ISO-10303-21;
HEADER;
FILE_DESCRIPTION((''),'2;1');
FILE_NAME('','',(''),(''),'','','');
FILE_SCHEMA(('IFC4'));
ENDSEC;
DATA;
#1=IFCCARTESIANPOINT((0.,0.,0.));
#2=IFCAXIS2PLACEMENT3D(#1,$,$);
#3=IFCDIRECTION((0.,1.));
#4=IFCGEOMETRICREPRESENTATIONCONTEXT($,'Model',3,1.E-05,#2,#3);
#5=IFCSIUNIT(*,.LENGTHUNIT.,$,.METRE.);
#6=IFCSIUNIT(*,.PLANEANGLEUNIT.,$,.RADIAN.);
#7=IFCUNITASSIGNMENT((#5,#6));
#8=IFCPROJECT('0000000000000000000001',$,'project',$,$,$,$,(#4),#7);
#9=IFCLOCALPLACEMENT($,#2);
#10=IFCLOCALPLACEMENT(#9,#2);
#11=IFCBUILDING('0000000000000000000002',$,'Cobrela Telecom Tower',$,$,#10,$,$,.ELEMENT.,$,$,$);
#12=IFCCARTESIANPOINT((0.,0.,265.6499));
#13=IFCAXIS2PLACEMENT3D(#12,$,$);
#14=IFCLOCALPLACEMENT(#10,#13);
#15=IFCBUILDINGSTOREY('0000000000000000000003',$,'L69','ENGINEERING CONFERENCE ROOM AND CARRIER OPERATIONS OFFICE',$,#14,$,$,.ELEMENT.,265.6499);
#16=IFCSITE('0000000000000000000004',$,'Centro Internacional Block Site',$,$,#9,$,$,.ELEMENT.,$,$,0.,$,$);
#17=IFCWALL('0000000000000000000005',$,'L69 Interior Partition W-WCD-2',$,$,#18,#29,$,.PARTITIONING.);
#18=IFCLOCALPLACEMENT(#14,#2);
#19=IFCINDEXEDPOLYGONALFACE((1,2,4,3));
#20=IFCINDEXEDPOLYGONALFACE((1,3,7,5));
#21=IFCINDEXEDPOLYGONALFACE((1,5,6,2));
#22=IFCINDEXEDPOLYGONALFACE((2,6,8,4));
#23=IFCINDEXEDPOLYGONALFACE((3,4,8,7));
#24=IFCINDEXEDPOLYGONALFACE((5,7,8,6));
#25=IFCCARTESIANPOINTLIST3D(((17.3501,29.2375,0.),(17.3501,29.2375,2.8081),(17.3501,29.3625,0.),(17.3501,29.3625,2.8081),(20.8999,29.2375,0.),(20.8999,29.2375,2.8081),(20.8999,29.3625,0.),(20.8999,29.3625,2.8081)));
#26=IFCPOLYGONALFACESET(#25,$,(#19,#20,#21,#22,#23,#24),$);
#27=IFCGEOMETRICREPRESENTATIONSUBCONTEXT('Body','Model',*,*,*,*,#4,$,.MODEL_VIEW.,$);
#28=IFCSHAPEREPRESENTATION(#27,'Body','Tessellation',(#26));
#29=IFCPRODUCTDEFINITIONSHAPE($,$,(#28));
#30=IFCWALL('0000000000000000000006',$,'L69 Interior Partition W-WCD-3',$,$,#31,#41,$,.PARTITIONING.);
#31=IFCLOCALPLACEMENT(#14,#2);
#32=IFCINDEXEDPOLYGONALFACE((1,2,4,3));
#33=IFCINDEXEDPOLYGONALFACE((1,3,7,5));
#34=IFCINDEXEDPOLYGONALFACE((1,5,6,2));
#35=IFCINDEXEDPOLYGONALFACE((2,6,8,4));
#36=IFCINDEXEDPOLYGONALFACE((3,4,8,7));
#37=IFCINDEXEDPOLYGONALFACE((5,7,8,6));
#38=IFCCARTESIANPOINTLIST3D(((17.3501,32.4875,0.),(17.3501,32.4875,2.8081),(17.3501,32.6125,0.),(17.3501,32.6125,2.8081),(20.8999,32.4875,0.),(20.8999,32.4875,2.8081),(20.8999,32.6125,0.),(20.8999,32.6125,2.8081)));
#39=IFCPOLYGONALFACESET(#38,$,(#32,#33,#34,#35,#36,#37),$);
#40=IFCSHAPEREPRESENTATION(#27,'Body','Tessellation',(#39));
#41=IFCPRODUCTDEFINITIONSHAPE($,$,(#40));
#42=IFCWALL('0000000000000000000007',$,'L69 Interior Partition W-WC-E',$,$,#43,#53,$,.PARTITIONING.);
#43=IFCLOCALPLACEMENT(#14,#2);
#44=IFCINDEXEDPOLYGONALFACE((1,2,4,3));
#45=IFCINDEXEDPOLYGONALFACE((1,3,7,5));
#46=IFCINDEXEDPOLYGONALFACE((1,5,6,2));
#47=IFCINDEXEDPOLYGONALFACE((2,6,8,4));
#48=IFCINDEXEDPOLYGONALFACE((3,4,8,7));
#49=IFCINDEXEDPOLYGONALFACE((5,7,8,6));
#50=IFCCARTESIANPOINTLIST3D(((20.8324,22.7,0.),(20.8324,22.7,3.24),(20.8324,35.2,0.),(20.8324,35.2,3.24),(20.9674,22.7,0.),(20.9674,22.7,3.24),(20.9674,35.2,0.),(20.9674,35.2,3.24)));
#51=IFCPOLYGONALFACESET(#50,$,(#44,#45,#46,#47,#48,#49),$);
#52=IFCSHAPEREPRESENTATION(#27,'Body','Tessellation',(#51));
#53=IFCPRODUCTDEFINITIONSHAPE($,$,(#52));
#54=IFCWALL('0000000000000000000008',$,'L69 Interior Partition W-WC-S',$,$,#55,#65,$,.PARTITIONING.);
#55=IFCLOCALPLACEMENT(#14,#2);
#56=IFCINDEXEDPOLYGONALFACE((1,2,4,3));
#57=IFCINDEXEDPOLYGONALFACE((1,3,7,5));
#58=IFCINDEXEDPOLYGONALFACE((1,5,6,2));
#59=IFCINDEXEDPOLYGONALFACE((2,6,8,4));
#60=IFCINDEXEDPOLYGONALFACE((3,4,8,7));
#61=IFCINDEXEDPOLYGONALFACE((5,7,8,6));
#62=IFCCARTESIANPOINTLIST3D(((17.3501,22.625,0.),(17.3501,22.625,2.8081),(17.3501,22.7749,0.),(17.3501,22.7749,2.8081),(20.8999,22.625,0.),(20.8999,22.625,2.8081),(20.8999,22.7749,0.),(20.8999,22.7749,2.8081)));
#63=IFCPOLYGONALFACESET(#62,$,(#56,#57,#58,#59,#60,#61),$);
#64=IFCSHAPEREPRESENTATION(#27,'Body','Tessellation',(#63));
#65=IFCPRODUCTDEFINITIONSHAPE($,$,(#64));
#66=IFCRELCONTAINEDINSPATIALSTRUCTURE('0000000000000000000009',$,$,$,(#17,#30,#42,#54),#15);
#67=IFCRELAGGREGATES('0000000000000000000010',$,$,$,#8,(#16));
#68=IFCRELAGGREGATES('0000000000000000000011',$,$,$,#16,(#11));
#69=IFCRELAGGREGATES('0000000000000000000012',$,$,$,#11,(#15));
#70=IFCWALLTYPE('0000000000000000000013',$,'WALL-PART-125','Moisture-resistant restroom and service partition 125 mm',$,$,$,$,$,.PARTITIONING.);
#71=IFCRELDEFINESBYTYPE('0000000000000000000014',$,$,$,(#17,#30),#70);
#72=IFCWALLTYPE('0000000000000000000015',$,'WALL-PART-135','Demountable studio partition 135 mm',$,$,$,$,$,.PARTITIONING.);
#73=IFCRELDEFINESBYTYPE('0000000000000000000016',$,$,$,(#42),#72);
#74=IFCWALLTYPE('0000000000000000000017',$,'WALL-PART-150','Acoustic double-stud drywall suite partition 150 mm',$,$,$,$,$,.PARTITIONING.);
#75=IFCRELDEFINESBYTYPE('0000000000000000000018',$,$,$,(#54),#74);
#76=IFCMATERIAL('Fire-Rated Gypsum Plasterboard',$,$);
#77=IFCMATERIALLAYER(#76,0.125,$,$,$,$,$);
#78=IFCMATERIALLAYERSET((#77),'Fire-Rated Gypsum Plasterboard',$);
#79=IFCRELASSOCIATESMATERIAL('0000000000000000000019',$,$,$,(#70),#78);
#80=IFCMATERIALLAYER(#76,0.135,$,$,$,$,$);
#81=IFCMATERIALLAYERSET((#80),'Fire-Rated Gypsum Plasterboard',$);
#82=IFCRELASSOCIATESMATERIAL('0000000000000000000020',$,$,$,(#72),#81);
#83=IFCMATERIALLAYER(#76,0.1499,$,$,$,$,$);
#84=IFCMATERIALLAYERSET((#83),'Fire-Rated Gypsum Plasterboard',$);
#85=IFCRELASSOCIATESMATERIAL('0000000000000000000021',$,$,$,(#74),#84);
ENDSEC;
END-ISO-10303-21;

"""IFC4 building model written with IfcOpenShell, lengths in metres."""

from ifc_helpers import new_model, si_unit, direction, frame, frame_2d, origin, place, context, subcontext, project, spatial, rectangle, extrude, material, layer, layer_set, type_object, element, save


model = new_model("IFC4")

# Units and contexts
model_context = context("Model", 3, precision=1e-05, world=origin(), true_north=direction((0.0, 1.0)))
body_context = subcontext(model_context, "Body", "Model", "MODEL_VIEW")
ifc_project = project(units=[si_unit("LENGTHUNIT", "METRE"), si_unit("PLANEANGLEUNIT", "RADIAN")], contexts=[model_context])

# Site, building, storey
site_placement = place(None, origin())
site = spatial("IfcSite", under=ifc_project, at=site_placement, Name="Centro Internacional Block Site", CompositionType="ELEMENT", RefElevation=0.0)
building_placement = place(site_placement, origin())
building = spatial("IfcBuilding", under=site, at=building_placement, Name="Cobrela Telecom Tower", CompositionType="ELEMENT")
storey_placement = place(building_placement, frame((0.0, 0.0, 265.6499)))
storey = spatial("IfcBuildingStorey", under=building, at=storey_placement, Name="L69", Description="ENGINEERING CONFERENCE ROOM AND CARRIER OPERATIONS OFFICE", CompositionType="ELEMENT", Elevation=265.6499)

# Walls
ifc_material_1 = material(Name="Fire-Rated Gypsum Plasterboard")
ifc_layer_1 = layer(ifc_material_1, 0.125)
ifc_layer_set_1 = layer_set([ifc_layer_1], Name="Fire-Rated Gypsum Plasterboard")
wall_type_1 = type_object("IfcWallType", Name="WALL-PART-125", Description="Moisture-resistant restroom and service partition 125 mm", PredefinedType="PARTITIONING", material=ifc_layer_set_1)
for number, where, z_axis, x_axis, name in (
    (1, (17.3501, 29.3, 0.0), (0.0, 0.0, 1.0), (1.0, 0.0, 0.0), "L69 Interior Partition W-WCD-2"),
    (2, (17.3501, 32.55, 0.0), (0.0, 0.0, 1.0), (1.0, 0.0, 0.0), "L69 Interior Partition W-WCD-3"),
):
    element("IfcWall", number, at=place(storey_placement, frame(where, z_axis=z_axis, x_axis=x_axis)), inside=storey, type_object=wall_type_1, Name=name, PredefinedType="PARTITIONING", context=body_context, shape_type="SweptSolid", body=[
        extrude(rectangle(XDim=3.5498, YDim=0.125, at=frame_2d((1.7749, 0.0))), origin(), (0.0, 0.0, 1.0), 2.8081),
    ])
ifc_layer_2 = layer(ifc_material_1, 0.135)
ifc_layer_set_2 = layer_set([ifc_layer_2], Name="Fire-Rated Gypsum Plasterboard")
wall_type_2 = type_object("IfcWallType", Name="WALL-PART-135", Description="Demountable studio partition 135 mm", PredefinedType="PARTITIONING", material=ifc_layer_set_2)
wall_1_placement = place(storey_placement, frame((20.8999, 22.7, 0.0), z_axis=(0.0, 0.0, 1.0), x_axis=(0.0, 1.0, 0.0)))
element("IfcWall", 3, at=wall_1_placement, inside=storey, type_object=wall_type_2, Name="L69 Interior Partition W-WC-E", PredefinedType="PARTITIONING", context=body_context, shape_type="SweptSolid", body=[
    extrude(rectangle(XDim=12.5, YDim=0.135, at=frame_2d((6.25, 0.0))), origin(), (0.0, 0.0, 1.0), 3.24),
])
ifc_layer_3 = layer(ifc_material_1, 0.1499)
ifc_layer_set_3 = layer_set([ifc_layer_3], Name="Fire-Rated Gypsum Plasterboard")
wall_type_3 = type_object("IfcWallType", Name="WALL-PART-150", Description="Acoustic double-stud drywall suite partition 150 mm", PredefinedType="PARTITIONING", material=ifc_layer_set_3)
wall_2_placement = place(storey_placement, frame((17.3501, 22.7, 0.0), z_axis=(0.0, 0.0, 1.0), x_axis=(1.0, 0.0, 0.0)))
element("IfcWall", 4, at=wall_2_placement, inside=storey, type_object=wall_type_3, Name="L69 Interior Partition W-WC-S", PredefinedType="PARTITIONING", context=body_context, shape_type="SweptSolid", body=[
    extrude(rectangle(XDim=3.5498, YDim=0.1499, at=frame_2d((1.7749, 0.0))), origin(), (0.0, 0.0, 1.0), 2.8081),
])

save(model, "model.ifc")
